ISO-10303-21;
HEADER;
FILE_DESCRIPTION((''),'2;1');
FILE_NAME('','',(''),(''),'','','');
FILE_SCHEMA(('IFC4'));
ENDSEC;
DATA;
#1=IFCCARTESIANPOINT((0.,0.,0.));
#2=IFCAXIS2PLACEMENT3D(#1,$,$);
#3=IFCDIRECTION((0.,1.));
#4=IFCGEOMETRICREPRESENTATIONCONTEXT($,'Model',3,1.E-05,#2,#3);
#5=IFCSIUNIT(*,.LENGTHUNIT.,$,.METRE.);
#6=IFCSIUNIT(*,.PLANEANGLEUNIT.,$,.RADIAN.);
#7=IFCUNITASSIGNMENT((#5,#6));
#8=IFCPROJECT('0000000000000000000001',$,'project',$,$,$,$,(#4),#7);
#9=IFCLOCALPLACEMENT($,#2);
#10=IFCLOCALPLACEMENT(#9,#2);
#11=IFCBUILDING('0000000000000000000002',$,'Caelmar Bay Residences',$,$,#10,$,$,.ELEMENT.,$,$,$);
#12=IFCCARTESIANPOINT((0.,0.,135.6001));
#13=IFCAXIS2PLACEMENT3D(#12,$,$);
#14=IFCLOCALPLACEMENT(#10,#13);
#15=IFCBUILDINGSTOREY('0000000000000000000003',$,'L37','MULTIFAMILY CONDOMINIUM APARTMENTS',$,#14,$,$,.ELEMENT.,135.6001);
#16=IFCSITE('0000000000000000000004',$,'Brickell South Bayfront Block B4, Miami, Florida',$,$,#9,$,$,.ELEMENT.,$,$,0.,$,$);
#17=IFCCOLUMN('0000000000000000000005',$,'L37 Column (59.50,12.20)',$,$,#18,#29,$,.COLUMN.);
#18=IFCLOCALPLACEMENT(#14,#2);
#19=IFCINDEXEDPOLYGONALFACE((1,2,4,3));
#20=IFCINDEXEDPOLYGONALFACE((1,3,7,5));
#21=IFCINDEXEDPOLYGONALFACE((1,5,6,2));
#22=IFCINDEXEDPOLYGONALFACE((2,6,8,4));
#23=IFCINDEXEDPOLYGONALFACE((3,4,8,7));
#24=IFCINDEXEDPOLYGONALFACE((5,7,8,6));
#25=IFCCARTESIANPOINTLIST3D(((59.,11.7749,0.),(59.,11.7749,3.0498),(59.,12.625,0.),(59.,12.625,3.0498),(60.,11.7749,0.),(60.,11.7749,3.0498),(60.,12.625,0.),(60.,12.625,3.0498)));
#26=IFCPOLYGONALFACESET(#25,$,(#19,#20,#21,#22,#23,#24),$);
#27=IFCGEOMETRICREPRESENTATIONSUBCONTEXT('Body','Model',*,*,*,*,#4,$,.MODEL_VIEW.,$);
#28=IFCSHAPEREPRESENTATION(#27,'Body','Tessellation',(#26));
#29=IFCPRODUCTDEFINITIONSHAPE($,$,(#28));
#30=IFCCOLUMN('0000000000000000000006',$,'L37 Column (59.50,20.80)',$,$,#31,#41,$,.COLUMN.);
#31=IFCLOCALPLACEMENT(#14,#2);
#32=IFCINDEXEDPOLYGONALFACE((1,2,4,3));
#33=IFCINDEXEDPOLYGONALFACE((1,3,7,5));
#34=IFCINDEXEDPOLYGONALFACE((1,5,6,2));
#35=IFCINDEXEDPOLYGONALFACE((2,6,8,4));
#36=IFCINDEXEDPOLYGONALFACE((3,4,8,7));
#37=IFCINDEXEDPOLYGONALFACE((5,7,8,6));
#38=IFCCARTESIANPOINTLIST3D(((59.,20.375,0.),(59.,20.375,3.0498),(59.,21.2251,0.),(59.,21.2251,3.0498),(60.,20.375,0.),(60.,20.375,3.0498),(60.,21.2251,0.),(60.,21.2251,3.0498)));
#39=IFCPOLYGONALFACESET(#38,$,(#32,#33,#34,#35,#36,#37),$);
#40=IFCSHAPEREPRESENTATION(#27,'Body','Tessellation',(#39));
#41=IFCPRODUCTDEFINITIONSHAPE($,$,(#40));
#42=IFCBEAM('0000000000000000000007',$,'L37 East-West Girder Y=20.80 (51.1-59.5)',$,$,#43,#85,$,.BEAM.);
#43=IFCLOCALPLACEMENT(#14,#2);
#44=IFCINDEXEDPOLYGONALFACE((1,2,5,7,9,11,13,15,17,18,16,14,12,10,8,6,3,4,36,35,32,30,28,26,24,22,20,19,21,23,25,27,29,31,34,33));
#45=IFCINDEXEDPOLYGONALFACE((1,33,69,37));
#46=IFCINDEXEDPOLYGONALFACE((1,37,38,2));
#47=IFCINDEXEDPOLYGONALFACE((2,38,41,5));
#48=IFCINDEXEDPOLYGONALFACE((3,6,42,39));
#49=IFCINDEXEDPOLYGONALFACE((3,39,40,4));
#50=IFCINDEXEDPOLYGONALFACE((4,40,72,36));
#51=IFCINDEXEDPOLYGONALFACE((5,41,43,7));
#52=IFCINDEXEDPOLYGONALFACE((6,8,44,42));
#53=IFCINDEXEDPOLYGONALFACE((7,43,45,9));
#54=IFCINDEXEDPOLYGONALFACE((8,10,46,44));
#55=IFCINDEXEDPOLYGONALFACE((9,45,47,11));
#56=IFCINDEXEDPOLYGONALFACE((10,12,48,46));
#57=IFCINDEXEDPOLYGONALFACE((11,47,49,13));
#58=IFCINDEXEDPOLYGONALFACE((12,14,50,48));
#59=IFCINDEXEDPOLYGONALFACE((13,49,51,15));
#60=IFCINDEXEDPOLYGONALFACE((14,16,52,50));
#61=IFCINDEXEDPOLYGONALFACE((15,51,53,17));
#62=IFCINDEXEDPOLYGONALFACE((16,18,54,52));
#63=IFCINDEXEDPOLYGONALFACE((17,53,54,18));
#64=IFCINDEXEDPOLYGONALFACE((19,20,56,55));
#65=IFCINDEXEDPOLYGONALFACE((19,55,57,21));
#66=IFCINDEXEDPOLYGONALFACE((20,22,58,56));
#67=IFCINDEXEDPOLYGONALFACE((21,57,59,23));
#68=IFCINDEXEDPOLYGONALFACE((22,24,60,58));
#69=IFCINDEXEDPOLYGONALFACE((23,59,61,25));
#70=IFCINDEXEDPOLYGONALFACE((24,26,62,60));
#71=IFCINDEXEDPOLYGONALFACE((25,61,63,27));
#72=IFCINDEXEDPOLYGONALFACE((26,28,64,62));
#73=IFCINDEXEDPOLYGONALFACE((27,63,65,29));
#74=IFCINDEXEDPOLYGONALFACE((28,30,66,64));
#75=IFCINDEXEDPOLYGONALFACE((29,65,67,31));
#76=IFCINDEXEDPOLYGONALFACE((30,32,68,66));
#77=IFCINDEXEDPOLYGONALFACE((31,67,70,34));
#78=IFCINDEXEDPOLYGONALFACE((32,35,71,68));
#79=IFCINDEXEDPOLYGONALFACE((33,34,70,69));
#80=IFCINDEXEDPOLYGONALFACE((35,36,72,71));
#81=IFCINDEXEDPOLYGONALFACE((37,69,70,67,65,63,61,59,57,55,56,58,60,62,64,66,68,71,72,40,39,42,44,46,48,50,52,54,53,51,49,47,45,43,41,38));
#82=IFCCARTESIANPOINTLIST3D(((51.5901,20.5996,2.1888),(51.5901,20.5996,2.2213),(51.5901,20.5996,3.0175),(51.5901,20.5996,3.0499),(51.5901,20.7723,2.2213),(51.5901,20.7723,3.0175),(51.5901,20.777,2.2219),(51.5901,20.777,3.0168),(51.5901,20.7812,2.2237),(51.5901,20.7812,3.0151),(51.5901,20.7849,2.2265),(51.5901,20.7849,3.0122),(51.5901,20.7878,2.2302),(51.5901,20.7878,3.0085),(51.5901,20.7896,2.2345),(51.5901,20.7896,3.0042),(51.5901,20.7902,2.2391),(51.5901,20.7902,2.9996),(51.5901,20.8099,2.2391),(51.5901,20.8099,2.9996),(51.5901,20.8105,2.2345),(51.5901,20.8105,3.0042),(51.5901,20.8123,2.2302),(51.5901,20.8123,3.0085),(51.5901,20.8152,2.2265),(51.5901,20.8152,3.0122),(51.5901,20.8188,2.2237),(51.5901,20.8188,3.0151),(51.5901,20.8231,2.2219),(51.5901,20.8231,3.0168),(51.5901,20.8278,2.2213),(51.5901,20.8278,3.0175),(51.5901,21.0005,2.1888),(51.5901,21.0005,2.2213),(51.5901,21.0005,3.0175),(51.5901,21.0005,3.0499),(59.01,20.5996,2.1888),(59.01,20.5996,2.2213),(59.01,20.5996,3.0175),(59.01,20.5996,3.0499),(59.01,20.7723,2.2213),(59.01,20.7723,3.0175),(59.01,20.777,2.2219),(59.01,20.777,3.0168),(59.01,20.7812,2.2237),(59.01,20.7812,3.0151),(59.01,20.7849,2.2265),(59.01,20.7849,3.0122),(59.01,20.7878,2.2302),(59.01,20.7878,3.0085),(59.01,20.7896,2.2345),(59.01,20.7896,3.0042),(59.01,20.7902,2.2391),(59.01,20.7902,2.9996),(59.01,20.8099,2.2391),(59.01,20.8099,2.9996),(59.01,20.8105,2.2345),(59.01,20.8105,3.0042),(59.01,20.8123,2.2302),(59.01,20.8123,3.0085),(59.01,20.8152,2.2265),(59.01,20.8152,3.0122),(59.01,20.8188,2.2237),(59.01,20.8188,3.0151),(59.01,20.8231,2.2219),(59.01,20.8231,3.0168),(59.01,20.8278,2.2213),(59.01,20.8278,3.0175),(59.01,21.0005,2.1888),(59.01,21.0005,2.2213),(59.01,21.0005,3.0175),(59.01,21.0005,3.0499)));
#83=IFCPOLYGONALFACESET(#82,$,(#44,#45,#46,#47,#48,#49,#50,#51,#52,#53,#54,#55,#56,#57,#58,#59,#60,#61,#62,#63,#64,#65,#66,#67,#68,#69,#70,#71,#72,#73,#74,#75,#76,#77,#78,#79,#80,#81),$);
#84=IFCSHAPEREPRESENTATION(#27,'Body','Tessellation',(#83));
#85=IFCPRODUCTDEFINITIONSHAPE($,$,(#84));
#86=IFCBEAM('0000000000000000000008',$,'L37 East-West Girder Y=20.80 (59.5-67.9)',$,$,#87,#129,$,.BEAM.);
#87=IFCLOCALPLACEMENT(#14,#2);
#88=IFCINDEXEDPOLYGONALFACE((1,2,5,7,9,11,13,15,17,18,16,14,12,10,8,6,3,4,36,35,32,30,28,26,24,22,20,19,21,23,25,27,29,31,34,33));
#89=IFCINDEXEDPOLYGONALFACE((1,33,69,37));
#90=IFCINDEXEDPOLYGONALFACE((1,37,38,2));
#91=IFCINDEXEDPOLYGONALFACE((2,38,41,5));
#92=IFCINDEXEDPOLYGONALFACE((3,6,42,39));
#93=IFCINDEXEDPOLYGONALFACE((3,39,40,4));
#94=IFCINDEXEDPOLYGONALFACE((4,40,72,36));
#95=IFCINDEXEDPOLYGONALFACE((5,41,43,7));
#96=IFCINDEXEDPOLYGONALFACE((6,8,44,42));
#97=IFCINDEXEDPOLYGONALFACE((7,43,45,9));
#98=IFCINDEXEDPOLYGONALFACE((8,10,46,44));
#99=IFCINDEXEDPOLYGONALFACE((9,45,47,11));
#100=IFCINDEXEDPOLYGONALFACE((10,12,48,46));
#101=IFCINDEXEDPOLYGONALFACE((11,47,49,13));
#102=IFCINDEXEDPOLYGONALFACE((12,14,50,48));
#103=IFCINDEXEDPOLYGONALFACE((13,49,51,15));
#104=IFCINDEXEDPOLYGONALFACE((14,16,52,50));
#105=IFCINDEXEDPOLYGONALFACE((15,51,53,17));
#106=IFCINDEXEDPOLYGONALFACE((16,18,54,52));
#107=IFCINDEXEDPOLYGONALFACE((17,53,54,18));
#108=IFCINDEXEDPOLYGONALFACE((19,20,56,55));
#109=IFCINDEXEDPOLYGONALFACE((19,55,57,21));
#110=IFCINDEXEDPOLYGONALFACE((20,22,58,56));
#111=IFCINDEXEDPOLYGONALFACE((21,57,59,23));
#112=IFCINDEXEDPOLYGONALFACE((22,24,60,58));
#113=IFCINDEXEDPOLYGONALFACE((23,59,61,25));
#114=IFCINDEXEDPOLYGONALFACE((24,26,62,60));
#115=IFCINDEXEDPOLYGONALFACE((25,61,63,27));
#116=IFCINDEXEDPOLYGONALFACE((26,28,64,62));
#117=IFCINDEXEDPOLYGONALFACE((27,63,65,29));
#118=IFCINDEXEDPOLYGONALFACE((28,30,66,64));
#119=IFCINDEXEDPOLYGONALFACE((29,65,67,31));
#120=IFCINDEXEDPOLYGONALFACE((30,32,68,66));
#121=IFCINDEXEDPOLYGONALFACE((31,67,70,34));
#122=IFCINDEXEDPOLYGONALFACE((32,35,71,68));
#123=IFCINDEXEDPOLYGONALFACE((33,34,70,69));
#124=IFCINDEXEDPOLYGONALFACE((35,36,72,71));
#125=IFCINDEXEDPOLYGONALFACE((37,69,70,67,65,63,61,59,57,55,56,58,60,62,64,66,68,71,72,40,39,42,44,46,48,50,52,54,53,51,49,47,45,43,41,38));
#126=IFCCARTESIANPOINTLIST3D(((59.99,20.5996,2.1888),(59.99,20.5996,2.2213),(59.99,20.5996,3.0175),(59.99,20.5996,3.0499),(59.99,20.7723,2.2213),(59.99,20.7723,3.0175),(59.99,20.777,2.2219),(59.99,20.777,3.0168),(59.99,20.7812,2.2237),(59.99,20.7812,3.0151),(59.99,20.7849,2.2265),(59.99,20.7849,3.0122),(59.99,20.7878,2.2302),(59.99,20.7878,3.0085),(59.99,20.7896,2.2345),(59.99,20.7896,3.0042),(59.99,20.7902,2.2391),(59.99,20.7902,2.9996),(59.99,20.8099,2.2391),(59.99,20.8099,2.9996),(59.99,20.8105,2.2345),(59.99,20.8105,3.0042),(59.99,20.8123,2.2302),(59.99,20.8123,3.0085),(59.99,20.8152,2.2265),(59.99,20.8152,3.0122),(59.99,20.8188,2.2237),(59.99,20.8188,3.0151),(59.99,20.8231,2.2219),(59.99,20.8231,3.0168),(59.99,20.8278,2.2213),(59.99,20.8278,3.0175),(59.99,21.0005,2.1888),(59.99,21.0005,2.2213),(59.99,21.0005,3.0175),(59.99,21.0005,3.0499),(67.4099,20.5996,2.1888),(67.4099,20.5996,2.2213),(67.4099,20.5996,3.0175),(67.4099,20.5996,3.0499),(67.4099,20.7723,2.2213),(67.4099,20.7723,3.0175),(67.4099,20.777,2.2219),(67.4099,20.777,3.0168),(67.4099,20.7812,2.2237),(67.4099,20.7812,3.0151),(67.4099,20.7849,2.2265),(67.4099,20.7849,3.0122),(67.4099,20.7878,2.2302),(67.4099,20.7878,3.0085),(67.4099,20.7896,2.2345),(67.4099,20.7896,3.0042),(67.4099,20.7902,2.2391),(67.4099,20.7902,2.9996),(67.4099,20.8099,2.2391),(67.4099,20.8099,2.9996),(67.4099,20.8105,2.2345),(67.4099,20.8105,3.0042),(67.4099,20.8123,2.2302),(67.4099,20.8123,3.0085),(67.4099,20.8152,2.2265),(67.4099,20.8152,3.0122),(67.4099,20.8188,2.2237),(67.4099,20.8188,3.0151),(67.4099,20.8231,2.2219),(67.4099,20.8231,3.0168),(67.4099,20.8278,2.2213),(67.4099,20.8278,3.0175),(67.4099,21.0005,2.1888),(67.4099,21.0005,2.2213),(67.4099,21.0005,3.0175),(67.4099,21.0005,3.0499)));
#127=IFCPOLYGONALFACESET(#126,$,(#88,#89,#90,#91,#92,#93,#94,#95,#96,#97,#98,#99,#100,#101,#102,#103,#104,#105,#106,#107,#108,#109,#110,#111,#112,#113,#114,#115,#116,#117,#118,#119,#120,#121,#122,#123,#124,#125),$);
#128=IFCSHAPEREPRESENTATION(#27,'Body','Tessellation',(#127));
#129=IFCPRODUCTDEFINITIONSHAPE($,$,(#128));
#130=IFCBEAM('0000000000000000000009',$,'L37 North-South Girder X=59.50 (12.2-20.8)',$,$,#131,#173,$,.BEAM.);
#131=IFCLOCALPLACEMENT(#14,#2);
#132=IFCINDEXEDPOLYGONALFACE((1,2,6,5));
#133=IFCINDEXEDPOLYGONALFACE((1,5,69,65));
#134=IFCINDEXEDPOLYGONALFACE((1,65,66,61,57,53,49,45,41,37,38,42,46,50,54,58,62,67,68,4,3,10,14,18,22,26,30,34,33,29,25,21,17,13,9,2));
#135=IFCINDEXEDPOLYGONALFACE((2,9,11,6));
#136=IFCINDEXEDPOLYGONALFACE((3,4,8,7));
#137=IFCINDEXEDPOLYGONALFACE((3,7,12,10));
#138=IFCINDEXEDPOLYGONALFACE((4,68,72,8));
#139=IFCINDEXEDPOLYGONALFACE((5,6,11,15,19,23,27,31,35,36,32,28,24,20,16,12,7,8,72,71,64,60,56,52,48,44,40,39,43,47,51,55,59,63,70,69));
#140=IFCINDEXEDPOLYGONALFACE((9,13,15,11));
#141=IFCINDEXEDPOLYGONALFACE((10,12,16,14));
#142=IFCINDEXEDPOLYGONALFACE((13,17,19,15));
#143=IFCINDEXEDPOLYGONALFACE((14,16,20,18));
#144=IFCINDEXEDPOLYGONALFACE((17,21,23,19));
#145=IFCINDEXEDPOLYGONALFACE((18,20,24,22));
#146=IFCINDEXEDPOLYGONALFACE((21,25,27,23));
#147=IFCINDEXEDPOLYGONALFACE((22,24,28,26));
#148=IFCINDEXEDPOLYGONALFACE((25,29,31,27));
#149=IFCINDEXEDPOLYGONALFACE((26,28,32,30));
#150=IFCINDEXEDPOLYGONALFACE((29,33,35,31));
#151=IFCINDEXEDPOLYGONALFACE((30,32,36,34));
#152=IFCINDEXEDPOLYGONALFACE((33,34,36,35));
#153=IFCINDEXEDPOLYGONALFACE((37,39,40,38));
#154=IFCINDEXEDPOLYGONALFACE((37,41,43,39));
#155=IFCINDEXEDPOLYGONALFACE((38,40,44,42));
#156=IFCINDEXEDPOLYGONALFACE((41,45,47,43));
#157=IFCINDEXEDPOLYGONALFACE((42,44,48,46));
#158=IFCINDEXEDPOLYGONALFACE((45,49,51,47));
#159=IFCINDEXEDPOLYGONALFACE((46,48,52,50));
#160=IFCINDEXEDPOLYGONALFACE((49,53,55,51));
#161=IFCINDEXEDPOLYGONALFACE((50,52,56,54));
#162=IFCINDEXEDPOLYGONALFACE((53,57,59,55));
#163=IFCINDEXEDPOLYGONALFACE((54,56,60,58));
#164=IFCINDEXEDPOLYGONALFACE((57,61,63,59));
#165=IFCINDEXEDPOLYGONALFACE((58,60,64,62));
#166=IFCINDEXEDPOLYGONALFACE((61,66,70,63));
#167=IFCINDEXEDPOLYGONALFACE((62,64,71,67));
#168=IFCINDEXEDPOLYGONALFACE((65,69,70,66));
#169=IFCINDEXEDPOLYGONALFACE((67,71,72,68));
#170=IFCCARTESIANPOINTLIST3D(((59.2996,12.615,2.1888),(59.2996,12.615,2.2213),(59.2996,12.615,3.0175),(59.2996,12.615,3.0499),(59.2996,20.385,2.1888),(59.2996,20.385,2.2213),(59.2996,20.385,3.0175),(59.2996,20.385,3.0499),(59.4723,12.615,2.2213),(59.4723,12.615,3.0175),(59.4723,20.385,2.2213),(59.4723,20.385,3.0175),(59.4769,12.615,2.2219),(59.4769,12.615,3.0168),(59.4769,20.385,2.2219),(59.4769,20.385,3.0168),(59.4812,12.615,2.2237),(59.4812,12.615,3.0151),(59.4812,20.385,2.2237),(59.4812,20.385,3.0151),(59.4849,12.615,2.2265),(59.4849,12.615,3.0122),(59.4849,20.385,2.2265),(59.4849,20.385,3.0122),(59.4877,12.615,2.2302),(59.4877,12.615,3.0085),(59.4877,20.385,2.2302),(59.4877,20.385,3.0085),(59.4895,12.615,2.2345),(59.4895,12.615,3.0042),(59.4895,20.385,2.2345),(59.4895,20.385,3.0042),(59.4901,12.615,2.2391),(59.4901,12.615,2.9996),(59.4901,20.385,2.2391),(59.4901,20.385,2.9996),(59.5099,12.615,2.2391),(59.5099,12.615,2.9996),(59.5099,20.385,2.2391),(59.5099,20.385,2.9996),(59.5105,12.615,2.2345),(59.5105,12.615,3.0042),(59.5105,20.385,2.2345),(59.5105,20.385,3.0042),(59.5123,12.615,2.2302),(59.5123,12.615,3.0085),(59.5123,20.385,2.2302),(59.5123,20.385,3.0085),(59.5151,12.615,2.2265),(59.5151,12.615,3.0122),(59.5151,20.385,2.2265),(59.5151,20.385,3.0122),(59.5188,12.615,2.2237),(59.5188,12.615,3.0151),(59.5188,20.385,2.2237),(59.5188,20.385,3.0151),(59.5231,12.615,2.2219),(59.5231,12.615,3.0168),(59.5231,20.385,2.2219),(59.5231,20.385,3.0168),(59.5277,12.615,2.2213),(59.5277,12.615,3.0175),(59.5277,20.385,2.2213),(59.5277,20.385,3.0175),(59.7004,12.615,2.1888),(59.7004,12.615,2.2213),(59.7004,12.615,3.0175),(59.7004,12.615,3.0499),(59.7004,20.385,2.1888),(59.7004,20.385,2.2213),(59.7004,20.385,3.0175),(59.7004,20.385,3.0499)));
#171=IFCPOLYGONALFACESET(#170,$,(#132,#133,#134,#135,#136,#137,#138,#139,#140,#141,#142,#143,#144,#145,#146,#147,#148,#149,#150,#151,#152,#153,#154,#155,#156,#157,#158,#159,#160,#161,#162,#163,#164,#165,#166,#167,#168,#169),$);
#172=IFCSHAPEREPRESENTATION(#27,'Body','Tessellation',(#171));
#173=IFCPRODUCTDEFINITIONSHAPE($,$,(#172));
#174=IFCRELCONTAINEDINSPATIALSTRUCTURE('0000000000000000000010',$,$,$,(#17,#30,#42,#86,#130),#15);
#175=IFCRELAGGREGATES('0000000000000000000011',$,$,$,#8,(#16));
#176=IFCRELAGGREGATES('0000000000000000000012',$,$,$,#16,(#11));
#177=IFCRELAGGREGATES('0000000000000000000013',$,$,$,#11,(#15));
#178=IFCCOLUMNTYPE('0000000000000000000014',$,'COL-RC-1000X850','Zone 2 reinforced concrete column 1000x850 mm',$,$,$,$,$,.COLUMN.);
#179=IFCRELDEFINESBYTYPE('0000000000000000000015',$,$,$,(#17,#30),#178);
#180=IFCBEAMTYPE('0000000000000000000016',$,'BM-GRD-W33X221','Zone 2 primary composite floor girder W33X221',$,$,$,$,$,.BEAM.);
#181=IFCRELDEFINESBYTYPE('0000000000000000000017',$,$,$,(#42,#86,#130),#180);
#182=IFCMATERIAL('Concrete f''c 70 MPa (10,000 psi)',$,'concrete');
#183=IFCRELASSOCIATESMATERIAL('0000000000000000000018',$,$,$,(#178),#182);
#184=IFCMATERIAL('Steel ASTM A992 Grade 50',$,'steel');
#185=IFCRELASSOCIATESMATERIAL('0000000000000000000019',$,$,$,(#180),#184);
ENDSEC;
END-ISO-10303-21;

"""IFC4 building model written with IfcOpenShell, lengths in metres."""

from ifc_helpers import new_model, si_unit, direction, frame, origin, origin_2d, place, context, subcontext, project, spatial, rectangle, i_section, extrude, material, material_profile, profile_set, type_object, element, save


model = new_model("IFC4")

# Units and contexts
model_context = context("Model", 3, precision=1e-05, world=origin(), true_north=direction((0.0, 1.0)))
body_context = subcontext(model_context, "Body", "Model", "MODEL_VIEW")
ifc_project = project(units=[si_unit("LENGTHUNIT", "METRE"), si_unit("PLANEANGLEUNIT", "RADIAN")], contexts=[model_context])

# Site, building, storey
site_placement = place(None, origin())
site = spatial("IfcSite", under=ifc_project, at=site_placement, Name="Brickell South Bayfront Block B4, Miami, Florida", CompositionType="ELEMENT", RefElevation=0.0)
building_placement = place(site_placement, origin())
building = spatial("IfcBuilding", under=site, at=building_placement, Name="Caelmar Bay Residences", CompositionType="ELEMENT")
storey_placement = place(building_placement, frame((0.0, 0.0, 135.6001)))
storey = spatial("IfcBuildingStorey", under=building, at=storey_placement, Name="L37", Description="MULTIFAMILY CONDOMINIUM APARTMENTS", CompositionType="ELEMENT", Elevation=135.6001)

# Columns
ifc_material_1 = material(Name="Concrete f'c 70 MPa (10,000 psi)", Category="concrete")
ifc_material_profile_1 = material_profile(ifc_material_1, rectangle(XDim=1.0, YDim=0.8501, at=origin_2d()), Name="RC-COL-1000X850")
ifc_profile_set_1 = profile_set([ifc_material_profile_1], Name="Concrete f'c 70 MPa (10,000 psi)")
column_type = type_object("IfcColumnType", Name="COL-RC-1000X850", Description="Zone 2 reinforced concrete column 1000x850 mm", PredefinedType="COLUMN", material=ifc_profile_set_1)
for number, where, z_axis, x_axis, name in (
    (1, (59.5, 12.2, 0.0), (0.0, 0.0, 1.0), (1.0, 0.0, 0.0), "L37 Column (59.50,12.20)"),
    (2, (59.5, 20.8, 0.0), (0.0, 0.0, 1.0), (1.0, 0.0, 0.0), "L37 Column (59.50,20.80)"),
):
    element("IfcColumn", number, at=place(storey_placement, frame(where, z_axis=z_axis, x_axis=x_axis)), inside=storey, type_object=column_type, Name=name, PredefinedType="COLUMN", context=body_context, shape_type="SweptSolid", body=[
        extrude(rectangle(XDim=1.0, YDim=0.8501, at=origin_2d()), origin(), (0.0, 0.0, 1.0), 3.0498),
    ])

# Beams
ifc_material_2 = material(Name="Steel ASTM A992 Grade 50", Category="steel")
ifc_material_profile_2 = material_profile(ifc_material_2, i_section(OverallWidth=0.4009, OverallDepth=0.8611, WebThickness=0.0198, FlangeThickness=0.0325, FilletRadius=0.0178, at=origin_2d()), Name="W33X221")
ifc_profile_set_2 = profile_set([ifc_material_profile_2], Name="Steel ASTM A992 Grade 50")
beam_type_1 = type_object("IfcBeamType", Name="BM-GRD-W33X221", Description="Zone 2 primary composite floor girder W33X221", PredefinedType="BEAM", material=ifc_profile_set_2)
for number, where, z_axis, x_axis, name in (
    (3, (51.5901, 20.8, 2.6194), (1.0, 0.0, 0.0), (0.0, 1.0, 0.0), "L37 East-West Girder Y=20.80 (51.1-59.5)"),
    (4, (59.99, 20.8, 2.6194), (1.0, 0.0, 0.0), (0.0, 1.0, 0.0), "L37 East-West Girder Y=20.80 (59.5-67.9)"),
):
    element("IfcBeam", number, at=place(storey_placement, frame(where, z_axis=z_axis, x_axis=x_axis)), inside=storey, type_object=beam_type_1, Name=name, PredefinedType="BEAM", context=body_context, shape_type="SweptSolid", body=[
        extrude(i_section(OverallWidth=0.4009, OverallDepth=0.8611, WebThickness=0.0198, FlangeThickness=0.0325, FilletRadius=0.0178, at=origin_2d()), origin(), (0.0, 0.0, 1.0), 7.4199),
    ])
beam_1_placement = place(storey_placement, frame((59.5, 12.615, 2.6194), z_axis=(0.0, 1.0, 0.0), x_axis=(-1.0, 0.0, 0.0)))
element("IfcBeam", 5, at=beam_1_placement, inside=storey, type_object=beam_type_1, Name="L37 North-South Girder X=59.50 (12.2-20.8)", PredefinedType="BEAM", context=body_context, shape_type="SweptSolid", body=[
    extrude(i_section(OverallWidth=0.4009, OverallDepth=0.8611, WebThickness=0.0198, FlangeThickness=0.0325, FilletRadius=0.0178, at=origin_2d()), origin(), (0.0, 0.0, 1.0), 7.77),
])

save(model, "model.ifc")
